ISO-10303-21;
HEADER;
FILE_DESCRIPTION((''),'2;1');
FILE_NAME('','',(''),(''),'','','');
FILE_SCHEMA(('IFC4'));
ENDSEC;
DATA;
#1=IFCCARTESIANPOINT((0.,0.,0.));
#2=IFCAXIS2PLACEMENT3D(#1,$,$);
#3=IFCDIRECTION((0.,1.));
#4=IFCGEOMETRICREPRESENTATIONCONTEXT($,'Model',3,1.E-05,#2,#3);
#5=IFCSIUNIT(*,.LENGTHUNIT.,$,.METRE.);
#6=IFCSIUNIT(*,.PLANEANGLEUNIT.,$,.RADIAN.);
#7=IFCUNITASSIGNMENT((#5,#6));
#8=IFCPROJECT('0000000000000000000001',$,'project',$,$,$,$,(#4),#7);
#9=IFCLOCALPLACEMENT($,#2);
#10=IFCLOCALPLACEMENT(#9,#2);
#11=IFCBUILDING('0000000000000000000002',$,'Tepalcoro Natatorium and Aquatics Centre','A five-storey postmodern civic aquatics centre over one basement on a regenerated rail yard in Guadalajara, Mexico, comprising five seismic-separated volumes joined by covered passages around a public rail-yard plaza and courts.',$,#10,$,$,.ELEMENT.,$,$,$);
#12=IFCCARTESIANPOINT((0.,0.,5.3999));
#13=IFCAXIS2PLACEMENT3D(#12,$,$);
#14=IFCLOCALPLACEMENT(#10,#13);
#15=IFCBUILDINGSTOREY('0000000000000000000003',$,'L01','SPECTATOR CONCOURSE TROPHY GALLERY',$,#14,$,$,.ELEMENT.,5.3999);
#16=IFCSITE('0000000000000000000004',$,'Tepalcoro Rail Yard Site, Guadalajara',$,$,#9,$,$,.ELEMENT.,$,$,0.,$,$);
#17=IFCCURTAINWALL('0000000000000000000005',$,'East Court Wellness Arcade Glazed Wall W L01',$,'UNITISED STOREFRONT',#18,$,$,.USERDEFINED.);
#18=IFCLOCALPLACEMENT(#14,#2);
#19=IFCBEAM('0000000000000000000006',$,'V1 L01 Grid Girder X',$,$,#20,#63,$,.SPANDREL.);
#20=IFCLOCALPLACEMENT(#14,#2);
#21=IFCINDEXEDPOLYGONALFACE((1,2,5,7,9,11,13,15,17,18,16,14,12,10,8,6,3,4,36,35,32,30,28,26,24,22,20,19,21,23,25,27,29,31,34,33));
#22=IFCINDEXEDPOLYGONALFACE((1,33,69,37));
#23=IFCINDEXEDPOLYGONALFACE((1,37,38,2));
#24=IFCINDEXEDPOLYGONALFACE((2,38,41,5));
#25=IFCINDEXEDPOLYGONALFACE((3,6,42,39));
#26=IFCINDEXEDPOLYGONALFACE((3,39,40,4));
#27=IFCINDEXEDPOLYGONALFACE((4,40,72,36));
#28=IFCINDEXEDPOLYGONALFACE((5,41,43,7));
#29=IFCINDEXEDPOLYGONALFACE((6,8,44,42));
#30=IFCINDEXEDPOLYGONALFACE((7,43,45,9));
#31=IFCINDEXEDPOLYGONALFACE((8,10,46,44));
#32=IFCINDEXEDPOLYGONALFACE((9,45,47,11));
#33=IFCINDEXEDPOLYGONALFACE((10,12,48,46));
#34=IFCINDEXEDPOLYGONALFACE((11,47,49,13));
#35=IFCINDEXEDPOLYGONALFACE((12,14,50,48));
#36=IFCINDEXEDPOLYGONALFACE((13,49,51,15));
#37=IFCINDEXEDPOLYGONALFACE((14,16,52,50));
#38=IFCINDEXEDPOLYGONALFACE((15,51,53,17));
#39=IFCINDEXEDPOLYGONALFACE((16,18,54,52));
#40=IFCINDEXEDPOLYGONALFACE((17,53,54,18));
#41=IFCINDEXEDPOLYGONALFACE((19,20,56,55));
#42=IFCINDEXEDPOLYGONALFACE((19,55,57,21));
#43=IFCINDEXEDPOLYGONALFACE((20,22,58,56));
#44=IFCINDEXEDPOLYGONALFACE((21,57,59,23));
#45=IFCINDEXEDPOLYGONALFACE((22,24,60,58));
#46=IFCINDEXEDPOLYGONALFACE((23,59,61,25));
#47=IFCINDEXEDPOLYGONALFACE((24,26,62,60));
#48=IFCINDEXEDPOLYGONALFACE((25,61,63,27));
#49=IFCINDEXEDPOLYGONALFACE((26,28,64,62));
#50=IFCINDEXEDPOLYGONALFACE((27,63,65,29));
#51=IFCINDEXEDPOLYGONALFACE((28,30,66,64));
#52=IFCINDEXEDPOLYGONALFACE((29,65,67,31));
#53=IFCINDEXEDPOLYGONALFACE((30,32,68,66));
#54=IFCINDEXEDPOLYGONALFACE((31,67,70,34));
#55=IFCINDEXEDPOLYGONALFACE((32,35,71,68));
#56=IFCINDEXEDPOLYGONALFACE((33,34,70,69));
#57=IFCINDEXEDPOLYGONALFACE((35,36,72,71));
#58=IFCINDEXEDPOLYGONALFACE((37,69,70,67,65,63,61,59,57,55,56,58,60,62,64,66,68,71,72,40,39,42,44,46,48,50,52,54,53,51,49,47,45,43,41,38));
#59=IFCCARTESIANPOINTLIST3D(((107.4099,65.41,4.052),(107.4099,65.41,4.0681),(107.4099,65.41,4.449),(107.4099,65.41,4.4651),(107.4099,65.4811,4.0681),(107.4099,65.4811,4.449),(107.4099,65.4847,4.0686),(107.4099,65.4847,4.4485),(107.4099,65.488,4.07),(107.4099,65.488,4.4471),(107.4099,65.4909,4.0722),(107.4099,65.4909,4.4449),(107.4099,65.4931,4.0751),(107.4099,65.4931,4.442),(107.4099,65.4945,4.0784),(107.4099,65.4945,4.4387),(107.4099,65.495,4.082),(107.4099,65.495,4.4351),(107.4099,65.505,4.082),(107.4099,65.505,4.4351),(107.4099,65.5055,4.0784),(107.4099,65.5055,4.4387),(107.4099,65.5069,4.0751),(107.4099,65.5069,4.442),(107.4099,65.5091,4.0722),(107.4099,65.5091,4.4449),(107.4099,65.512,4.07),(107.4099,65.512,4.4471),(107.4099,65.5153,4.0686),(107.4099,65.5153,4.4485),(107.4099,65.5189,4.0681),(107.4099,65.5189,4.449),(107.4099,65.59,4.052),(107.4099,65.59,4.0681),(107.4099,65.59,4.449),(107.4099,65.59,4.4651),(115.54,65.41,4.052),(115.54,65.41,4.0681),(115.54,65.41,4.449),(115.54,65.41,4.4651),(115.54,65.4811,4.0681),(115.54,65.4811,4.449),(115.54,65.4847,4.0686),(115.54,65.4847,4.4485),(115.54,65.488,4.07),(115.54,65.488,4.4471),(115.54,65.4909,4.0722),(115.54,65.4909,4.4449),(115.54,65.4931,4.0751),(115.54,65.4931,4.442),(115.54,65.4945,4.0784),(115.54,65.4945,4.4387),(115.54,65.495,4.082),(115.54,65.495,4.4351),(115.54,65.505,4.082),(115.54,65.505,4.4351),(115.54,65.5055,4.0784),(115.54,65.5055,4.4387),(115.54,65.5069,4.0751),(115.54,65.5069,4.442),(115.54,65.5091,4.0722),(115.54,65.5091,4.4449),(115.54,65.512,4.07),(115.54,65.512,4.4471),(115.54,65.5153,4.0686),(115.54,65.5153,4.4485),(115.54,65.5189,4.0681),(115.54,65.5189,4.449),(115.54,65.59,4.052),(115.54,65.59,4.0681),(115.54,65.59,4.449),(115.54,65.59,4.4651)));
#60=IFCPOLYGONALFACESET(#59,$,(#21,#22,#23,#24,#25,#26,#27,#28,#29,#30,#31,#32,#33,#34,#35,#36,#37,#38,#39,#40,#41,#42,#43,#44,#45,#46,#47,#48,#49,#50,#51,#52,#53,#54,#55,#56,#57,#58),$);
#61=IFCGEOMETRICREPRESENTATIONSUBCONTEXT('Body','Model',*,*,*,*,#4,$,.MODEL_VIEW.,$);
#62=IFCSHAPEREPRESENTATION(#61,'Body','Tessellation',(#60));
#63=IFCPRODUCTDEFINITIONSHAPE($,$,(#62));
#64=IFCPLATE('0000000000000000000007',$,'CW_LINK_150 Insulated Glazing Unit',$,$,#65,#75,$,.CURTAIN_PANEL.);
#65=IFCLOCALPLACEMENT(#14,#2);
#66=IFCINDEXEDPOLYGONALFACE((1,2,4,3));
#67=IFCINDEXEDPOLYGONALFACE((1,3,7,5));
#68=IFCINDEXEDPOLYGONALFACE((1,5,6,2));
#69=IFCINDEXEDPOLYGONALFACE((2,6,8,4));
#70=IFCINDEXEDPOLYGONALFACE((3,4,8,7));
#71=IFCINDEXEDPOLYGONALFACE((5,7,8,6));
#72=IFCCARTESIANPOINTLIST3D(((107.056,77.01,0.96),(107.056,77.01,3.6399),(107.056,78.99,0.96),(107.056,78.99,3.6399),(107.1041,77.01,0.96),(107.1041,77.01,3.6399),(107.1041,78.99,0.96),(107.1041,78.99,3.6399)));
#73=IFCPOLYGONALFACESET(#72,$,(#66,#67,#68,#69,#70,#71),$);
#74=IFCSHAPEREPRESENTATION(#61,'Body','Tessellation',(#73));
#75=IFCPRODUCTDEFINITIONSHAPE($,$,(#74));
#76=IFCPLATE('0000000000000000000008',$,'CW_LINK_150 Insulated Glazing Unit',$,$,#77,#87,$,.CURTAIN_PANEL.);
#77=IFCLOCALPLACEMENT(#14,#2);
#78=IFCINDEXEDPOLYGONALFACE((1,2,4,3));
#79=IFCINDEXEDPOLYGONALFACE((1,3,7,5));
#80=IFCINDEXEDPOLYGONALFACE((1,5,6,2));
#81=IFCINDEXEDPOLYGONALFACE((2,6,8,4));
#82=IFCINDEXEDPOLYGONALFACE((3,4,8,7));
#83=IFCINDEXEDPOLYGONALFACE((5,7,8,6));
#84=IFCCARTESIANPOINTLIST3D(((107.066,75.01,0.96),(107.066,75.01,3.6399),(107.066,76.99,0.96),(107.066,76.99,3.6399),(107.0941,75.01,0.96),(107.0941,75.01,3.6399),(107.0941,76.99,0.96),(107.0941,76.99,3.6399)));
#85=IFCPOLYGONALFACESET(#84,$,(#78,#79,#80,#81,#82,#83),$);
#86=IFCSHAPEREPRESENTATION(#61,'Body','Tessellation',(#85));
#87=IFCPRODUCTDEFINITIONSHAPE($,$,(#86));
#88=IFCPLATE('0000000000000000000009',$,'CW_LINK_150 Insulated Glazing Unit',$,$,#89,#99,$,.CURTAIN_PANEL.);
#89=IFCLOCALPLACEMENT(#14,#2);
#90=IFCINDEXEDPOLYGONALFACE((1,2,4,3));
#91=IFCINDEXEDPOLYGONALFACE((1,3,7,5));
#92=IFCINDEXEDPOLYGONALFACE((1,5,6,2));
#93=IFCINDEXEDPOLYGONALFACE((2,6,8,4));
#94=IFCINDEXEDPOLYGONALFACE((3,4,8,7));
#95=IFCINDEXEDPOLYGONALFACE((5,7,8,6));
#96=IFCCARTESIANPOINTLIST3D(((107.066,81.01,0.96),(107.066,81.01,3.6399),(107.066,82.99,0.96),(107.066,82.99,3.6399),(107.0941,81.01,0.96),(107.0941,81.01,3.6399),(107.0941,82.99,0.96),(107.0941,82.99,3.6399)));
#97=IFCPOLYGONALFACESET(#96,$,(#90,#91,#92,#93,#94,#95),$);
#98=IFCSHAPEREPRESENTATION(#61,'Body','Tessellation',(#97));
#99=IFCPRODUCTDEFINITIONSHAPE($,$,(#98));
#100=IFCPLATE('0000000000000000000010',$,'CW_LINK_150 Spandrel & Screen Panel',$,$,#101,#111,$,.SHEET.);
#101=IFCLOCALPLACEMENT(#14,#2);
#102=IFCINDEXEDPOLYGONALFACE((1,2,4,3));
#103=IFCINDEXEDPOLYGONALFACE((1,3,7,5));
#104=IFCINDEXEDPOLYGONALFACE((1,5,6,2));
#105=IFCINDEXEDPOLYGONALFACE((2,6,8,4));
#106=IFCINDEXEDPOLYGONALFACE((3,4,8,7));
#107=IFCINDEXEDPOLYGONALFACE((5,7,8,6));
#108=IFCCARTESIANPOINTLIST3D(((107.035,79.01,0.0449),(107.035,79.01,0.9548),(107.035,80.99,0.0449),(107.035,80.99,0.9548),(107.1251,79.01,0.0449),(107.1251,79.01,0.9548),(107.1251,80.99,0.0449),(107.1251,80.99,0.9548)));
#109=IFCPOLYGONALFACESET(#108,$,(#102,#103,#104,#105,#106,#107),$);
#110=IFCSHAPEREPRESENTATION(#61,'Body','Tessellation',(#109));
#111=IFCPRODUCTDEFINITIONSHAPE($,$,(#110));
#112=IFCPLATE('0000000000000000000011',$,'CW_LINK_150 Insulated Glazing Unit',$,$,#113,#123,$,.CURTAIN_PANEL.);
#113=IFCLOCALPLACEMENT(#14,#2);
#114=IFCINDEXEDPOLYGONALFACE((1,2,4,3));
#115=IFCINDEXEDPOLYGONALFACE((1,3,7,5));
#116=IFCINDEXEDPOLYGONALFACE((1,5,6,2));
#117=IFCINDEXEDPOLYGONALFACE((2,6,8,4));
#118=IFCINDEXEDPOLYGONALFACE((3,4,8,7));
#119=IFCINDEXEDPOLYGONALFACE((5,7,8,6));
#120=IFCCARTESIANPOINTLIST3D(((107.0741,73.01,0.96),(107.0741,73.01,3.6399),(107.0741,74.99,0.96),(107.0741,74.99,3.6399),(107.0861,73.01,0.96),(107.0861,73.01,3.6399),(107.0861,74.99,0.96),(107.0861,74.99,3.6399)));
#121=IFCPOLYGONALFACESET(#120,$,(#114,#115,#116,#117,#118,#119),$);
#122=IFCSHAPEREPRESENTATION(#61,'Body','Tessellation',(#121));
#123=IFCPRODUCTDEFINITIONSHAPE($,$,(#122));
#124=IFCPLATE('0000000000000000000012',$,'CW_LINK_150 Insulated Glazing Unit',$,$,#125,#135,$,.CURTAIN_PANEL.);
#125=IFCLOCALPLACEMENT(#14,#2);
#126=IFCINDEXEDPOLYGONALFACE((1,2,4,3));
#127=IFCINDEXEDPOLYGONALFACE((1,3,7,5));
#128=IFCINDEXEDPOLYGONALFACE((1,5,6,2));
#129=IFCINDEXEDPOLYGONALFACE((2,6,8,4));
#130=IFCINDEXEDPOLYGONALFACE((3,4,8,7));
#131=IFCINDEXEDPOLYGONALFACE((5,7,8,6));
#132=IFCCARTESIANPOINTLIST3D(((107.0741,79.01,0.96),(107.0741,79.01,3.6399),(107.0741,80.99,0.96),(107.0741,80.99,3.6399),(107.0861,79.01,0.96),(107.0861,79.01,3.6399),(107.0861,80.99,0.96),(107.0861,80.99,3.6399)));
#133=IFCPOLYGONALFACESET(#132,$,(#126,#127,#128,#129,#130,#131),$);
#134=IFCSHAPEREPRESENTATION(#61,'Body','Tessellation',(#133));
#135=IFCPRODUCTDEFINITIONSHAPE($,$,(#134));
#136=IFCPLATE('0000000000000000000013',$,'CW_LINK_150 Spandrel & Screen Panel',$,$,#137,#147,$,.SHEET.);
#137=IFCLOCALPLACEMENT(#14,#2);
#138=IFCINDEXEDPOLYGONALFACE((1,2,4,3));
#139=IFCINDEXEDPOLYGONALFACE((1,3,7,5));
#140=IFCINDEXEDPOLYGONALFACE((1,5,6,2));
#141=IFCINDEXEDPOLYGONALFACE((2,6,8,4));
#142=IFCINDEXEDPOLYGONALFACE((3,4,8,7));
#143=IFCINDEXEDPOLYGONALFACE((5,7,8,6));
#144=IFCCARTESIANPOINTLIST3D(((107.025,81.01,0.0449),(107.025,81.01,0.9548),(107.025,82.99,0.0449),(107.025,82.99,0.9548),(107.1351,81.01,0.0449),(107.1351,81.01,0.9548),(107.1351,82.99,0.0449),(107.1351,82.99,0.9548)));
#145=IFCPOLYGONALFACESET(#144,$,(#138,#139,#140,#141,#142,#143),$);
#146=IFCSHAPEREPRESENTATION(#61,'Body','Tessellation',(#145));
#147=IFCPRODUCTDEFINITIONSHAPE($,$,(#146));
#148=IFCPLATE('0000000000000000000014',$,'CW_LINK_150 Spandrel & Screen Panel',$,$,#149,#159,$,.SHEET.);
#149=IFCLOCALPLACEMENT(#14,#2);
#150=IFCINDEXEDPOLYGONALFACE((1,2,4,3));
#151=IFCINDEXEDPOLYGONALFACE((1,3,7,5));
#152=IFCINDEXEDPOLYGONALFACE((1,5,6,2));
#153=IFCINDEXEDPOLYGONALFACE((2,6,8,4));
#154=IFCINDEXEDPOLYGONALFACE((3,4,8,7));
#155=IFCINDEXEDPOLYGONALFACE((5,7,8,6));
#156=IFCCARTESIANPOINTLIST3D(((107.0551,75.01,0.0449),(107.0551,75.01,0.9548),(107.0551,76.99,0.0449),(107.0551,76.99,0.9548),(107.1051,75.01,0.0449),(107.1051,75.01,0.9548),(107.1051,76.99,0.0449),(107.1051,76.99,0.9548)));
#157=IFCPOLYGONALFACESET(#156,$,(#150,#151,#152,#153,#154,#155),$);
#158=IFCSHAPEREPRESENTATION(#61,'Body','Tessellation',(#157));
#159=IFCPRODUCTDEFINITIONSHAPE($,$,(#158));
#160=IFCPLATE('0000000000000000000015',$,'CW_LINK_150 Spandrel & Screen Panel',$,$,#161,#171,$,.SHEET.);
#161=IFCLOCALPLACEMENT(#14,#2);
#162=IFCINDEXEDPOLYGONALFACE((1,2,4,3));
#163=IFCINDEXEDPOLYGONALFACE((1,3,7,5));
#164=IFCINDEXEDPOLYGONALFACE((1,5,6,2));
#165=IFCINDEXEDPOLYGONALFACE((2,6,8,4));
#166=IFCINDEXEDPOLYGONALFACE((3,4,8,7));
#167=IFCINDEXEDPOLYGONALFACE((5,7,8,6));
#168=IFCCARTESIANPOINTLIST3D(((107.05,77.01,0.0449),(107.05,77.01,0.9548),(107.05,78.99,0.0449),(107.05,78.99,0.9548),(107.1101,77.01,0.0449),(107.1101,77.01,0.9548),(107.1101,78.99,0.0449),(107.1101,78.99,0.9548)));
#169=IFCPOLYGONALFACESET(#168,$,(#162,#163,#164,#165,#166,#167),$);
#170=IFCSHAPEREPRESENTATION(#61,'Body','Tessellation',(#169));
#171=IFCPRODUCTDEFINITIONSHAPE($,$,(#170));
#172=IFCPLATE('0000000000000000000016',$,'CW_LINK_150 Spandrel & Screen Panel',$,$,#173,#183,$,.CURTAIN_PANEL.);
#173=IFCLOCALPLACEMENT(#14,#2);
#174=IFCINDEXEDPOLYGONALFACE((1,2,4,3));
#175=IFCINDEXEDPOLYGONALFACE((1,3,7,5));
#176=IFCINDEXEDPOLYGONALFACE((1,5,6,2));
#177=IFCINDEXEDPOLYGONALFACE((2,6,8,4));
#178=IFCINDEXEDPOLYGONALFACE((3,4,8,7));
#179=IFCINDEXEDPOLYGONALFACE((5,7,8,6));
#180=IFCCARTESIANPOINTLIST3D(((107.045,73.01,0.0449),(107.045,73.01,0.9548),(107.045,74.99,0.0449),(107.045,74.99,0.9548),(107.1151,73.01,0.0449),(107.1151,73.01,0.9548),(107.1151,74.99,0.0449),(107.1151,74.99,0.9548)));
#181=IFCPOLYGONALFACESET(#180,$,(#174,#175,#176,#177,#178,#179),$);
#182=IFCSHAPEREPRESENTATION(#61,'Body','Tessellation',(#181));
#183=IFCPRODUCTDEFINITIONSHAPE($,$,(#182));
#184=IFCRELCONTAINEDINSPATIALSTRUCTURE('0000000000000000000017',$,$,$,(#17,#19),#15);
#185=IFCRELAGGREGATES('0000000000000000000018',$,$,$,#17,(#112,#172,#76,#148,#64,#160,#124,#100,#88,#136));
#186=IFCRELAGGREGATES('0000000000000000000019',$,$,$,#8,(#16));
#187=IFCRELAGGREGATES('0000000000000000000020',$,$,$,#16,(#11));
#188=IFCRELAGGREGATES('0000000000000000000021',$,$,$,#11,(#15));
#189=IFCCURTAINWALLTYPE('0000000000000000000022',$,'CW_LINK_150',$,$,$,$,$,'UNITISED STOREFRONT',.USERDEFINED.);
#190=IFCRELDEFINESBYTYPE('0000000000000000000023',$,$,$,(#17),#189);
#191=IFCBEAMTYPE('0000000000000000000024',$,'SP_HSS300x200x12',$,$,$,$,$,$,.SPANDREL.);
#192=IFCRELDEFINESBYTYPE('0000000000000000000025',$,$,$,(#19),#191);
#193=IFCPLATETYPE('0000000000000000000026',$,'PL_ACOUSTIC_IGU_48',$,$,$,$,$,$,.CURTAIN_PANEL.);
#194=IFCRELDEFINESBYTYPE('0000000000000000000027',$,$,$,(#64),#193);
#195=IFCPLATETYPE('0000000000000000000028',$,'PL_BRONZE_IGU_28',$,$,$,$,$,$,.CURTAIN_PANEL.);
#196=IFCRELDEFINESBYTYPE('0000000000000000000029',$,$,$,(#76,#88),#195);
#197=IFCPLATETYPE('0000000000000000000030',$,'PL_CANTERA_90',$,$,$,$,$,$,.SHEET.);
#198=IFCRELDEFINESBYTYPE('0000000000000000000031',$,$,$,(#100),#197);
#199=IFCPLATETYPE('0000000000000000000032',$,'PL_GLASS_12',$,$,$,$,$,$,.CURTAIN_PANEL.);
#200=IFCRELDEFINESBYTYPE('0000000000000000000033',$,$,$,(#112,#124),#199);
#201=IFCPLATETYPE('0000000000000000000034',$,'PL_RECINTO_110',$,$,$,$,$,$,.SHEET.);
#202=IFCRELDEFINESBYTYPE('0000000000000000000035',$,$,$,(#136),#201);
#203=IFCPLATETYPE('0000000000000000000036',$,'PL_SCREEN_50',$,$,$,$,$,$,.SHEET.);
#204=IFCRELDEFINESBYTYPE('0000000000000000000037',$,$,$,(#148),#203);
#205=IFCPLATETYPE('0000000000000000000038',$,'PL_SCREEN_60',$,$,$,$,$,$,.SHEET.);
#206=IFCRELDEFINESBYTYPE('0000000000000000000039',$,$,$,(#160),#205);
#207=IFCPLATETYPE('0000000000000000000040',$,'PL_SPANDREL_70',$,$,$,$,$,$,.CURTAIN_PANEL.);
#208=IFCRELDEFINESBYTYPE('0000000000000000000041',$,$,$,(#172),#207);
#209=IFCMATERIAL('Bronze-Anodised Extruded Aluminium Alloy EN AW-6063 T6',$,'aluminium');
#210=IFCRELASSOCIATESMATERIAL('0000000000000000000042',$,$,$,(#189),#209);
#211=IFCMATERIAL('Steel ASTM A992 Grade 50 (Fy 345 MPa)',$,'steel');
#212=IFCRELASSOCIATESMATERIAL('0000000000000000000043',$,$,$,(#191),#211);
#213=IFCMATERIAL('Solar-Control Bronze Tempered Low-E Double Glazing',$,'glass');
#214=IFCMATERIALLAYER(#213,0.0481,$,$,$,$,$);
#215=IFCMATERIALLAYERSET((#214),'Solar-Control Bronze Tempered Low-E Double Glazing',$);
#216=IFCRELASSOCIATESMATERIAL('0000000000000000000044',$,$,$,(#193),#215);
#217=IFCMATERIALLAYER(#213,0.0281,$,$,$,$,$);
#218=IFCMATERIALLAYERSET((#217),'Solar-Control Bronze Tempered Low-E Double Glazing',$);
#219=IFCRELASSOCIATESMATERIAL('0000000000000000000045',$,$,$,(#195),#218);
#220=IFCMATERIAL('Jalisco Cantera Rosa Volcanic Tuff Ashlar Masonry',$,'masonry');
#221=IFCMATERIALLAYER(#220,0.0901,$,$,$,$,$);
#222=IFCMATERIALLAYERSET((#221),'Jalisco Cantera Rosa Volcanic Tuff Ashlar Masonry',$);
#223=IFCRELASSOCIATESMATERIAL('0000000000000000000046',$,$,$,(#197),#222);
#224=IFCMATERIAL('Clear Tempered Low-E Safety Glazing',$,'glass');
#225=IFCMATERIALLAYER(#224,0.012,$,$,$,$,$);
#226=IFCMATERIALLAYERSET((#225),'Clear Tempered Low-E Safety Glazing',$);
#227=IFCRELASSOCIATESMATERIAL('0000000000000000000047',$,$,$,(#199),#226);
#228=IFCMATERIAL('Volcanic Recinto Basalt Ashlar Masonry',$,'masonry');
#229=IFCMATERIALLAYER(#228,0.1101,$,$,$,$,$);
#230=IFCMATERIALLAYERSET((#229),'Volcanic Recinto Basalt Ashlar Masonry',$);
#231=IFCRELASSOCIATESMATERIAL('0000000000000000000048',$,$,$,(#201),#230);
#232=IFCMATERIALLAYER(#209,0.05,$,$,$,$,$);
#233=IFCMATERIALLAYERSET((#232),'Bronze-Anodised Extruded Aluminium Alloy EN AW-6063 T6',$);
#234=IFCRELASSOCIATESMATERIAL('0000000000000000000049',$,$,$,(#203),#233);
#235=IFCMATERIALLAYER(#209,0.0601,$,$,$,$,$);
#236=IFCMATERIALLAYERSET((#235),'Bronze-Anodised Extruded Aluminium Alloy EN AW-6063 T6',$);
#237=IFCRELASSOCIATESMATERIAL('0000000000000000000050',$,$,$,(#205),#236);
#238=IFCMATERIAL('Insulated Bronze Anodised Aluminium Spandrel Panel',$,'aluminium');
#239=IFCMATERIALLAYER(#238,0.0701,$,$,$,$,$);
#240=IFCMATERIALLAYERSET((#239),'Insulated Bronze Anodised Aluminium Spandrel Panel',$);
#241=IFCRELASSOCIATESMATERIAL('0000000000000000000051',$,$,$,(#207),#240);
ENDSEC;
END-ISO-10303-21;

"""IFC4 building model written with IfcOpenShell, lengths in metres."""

from ifc_helpers import new_model, si_unit, direction, frame, origin, origin_2d, place, context, subcontext, project, spatial, rectangle, i_section, extrude, material, layer, layer_set, material_profile, profile_set, type_object, element, aggregate, save


model = new_model("IFC4")

# Units and contexts
model_context = context("Model", 3, precision=1e-05, world=origin(), true_north=direction((0.0, 1.0)))
body_context = subcontext(model_context, "Body", "Model", "MODEL_VIEW")
ifc_project = project(units=[si_unit("LENGTHUNIT", "METRE"), si_unit("PLANEANGLEUNIT", "RADIAN")], contexts=[model_context])

# Site, building, storey
site_placement = place(None, origin())
site = spatial("IfcSite", under=ifc_project, at=site_placement, Name="Tepalcoro Rail Yard Site, Guadalajara", CompositionType="ELEMENT", RefElevation=0.0)
building_placement = place(site_placement, origin())
building = spatial("IfcBuilding", under=site, at=building_placement, Name="Tepalcoro Natatorium and Aquatics Centre", Description="A five-storey postmodern civic aquatics centre over one basement on a regenerated rail yard in Guadalajara, Mexico, comprising five seismic-separated volumes joined by covered passages around a public rail-yard plaza and courts.", CompositionType="ELEMENT")
storey_placement = place(building_placement, frame((0.0, 0.0, 5.3999)))
storey = spatial("IfcBuildingStorey", under=building, at=storey_placement, Name="L01", Description="SPECTATOR CONCOURSE TROPHY GALLERY", CompositionType="ELEMENT", Elevation=5.3999)

# Curtain wall
ifc_material_1 = material(Name="Bronze-Anodised Extruded Aluminium Alloy EN AW-6063 T6", Category="aluminium")
curtain_wall_type = type_object("IfcCurtainWallType", Name="CW_LINK_150", ElementType="UNITISED STOREFRONT", PredefinedType="USERDEFINED", material=ifc_material_1)
curtain_wall_placement = place(storey_placement, origin())
curtain_wall = element("IfcCurtainWall", 1, at=curtain_wall_placement, inside=storey, type_object=curtain_wall_type, Name="East Court Wellness Arcade Glazed Wall W L01", ObjectType="UNITISED STOREFRONT", PredefinedType="USERDEFINED")

# Beam
ifc_material_2 = material(Name="Steel ASTM A992 Grade 50 (Fy 345 MPa)", Category="steel")
ifc_material_profile_1 = material_profile(ifc_material_2, i_section(OverallWidth=0.1799, OverallDepth=0.4131, WebThickness=0.01, FlangeThickness=0.0161, FilletRadius=0.0139, at=origin_2d()), Name="W16X50")
ifc_profile_set_1 = profile_set([ifc_material_profile_1], Name="Steel ASTM A992 Grade 50 (Fy 345 MPa)")
beam_type = type_object("IfcBeamType", Name="SP_HSS300x200x12", PredefinedType="SPANDREL", material=ifc_profile_set_1)
beam_placement = place(storey_placement, frame((107.4099, 65.5, 4.2585), z_axis=(1.0, 0.0, 0.0), x_axis=(0.0, 1.0, 0.0)))
element("IfcBeam", 2, at=beam_placement, inside=storey, type_object=beam_type, Name="V1 L01 Grid Girder X", PredefinedType="SPANDREL", context=body_context, shape_type="SweptSolid", body=[
    extrude(i_section(OverallWidth=0.1799, OverallDepth=0.4131, WebThickness=0.01, FlangeThickness=0.0161, FilletRadius=0.0139, at=origin_2d()), origin(), (0.0, 0.0, 1.0), 8.1301),
])

# Plates
ifc_material_3 = material(Name="Solar-Control Bronze Tempered Low-E Double Glazing", Category="glass")
ifc_layer_1 = layer(ifc_material_3, 0.0481)
ifc_layer_set_1 = layer_set([ifc_layer_1], Name="Solar-Control Bronze Tempered Low-E Double Glazing")
plate_type_1 = type_object("IfcPlateType", Name="PL_ACOUSTIC_IGU_48", PredefinedType="CURTAIN_PANEL", material=ifc_layer_set_1)
plate_1_placement = place(storey_placement, frame((107.0801, 78.0, 0.96), z_axis=(0.0, 0.0, 1.0), x_axis=(1.0, 0.0, 0.0)))
plate_1 = element("IfcPlate", 3, at=plate_1_placement, type_object=plate_type_1, Name="CW_LINK_150 Insulated Glazing Unit", PredefinedType="CURTAIN_PANEL", context=body_context, shape_type="SweptSolid", body=[
    extrude(rectangle(XDim=0.0481, YDim=1.98, at=origin_2d()), origin(), (0.0, 0.0, 1.0), 2.6799),
])
ifc_layer_2 = layer(ifc_material_3, 0.0281)
ifc_layer_set_2 = layer_set([ifc_layer_2], Name="Solar-Control Bronze Tempered Low-E Double Glazing")
plate_type_2 = type_object("IfcPlateType", Name="PL_BRONZE_IGU_28", PredefinedType="CURTAIN_PANEL", material=ifc_layer_set_2)
plate_2_placement = place(storey_placement, frame((107.0801, 76.0, 0.96), z_axis=(0.0, 0.0, 1.0), x_axis=(1.0, 0.0, 0.0)))
plate_2 = element("IfcPlate", 4, at=plate_2_placement, type_object=plate_type_2, Name="CW_LINK_150 Insulated Glazing Unit", PredefinedType="CURTAIN_PANEL", context=body_context, shape_type="SweptSolid", body=[
    extrude(rectangle(XDim=0.0281, YDim=1.98, at=origin_2d()), origin(), (0.0, 0.0, 1.0), 2.6799),
])
plate_3_placement = place(storey_placement, frame((107.0801, 82.0, 0.96), z_axis=(0.0, 0.0, 1.0), x_axis=(1.0, 0.0, 0.0)))
plate_3 = element("IfcPlate", 5, at=plate_3_placement, type_object=plate_type_2, Name="CW_LINK_150 Insulated Glazing Unit", PredefinedType="CURTAIN_PANEL", context=body_context, shape_type="SweptSolid", body=[
    extrude(rectangle(XDim=0.0281, YDim=1.98, at=origin_2d()), origin(), (0.0, 0.0, 1.0), 2.6799),
])
ifc_material_4 = material(Name="Jalisco Cantera Rosa Volcanic Tuff Ashlar Masonry", Category="masonry")
ifc_layer_3 = layer(ifc_material_4, 0.0901)
ifc_layer_set_3 = layer_set([ifc_layer_3], Name="Jalisco Cantera Rosa Volcanic Tuff Ashlar Masonry")
plate_type_3 = type_object("IfcPlateType", Name="PL_CANTERA_90", PredefinedType="SHEET", material=ifc_layer_set_3)
plate_4_placement = place(storey_placement, frame((107.0801, 80.0, 0.0449), z_axis=(0.0, 0.0, 1.0), x_axis=(1.0, 0.0, 0.0)))
plate_4 = element("IfcPlate", 6, at=plate_4_placement, type_object=plate_type_3, Name="CW_LINK_150 Spandrel & Screen Panel", PredefinedType="SHEET", context=body_context, shape_type="SweptSolid", body=[
    extrude(rectangle(XDim=0.0901, YDim=1.98, at=origin_2d()), origin(), (0.0, 0.0, 1.0), 0.9099),
])
ifc_material_5 = material(Name="Clear Tempered Low-E Safety Glazing", Category="glass")
ifc_layer_4 = layer(ifc_material_5, 0.012)
ifc_layer_set_4 = layer_set([ifc_layer_4], Name="Clear Tempered Low-E Safety Glazing")
plate_type_4 = type_object("IfcPlateType", Name="PL_GLASS_12", PredefinedType="CURTAIN_PANEL", material=ifc_layer_set_4)
plate_5_placement = place(storey_placement, frame((107.0801, 74.0, 0.96), z_axis=(0.0, 0.0, 1.0), x_axis=(1.0, 0.0, 0.0)))
plate_5 = element("IfcPlate", 7, at=plate_5_placement, type_object=plate_type_4, Name="CW_LINK_150 Insulated Glazing Unit", PredefinedType="CURTAIN_PANEL", context=body_context, shape_type="SweptSolid", body=[
    extrude(rectangle(XDim=0.012, YDim=1.98, at=origin_2d()), origin(), (0.0, 0.0, 1.0), 2.6799),
])
plate_6_placement = place(storey_placement, frame((107.0801, 80.0, 0.96), z_axis=(0.0, 0.0, 1.0), x_axis=(1.0, 0.0, 0.0)))
plate_6 = element("IfcPlate", 8, at=plate_6_placement, type_object=plate_type_4, Name="CW_LINK_150 Insulated Glazing Unit", PredefinedType="CURTAIN_PANEL", context=body_context, shape_type="SweptSolid", body=[
    extrude(rectangle(XDim=0.012, YDim=1.98, at=origin_2d()), origin(), (0.0, 0.0, 1.0), 2.6799),
])
ifc_material_6 = material(Name="Volcanic Recinto Basalt Ashlar Masonry", Category="masonry")
ifc_layer_5 = layer(ifc_material_6, 0.1101)
ifc_layer_set_5 = layer_set([ifc_layer_5], Name="Volcanic Recinto Basalt Ashlar Masonry")
plate_type_5 = type_object("IfcPlateType", Name="PL_RECINTO_110", PredefinedType="SHEET", material=ifc_layer_set_5)
plate_7_placement = place(storey_placement, frame((107.0801, 82.0, 0.0449), z_axis=(0.0, 0.0, 1.0), x_axis=(1.0, 0.0, 0.0)))
plate_7 = element("IfcPlate", 9, at=plate_7_placement, type_object=plate_type_5, Name="CW_LINK_150 Spandrel & Screen Panel", PredefinedType="SHEET", context=body_context, shape_type="SweptSolid", body=[
    extrude(rectangle(XDim=0.1101, YDim=1.98, at=origin_2d()), origin(), (0.0, 0.0, 1.0), 0.9099),
])
ifc_layer_6 = layer(ifc_material_1, 0.05)
ifc_layer_set_6 = layer_set([ifc_layer_6], Name="Bronze-Anodised Extruded Aluminium Alloy EN AW-6063 T6")
plate_type_6 = type_object("IfcPlateType", Name="PL_SCREEN_50", PredefinedType="SHEET", material=ifc_layer_set_6)
plate_8_placement = place(storey_placement, frame((107.0801, 76.0, 0.0449), z_axis=(0.0, 0.0, 1.0), x_axis=(1.0, 0.0, 0.0)))
plate_8 = element("IfcPlate", 10, at=plate_8_placement, type_object=plate_type_6, Name="CW_LINK_150 Spandrel & Screen Panel", PredefinedType="SHEET", context=body_context, shape_type="SweptSolid", body=[
    extrude(rectangle(XDim=0.05, YDim=1.98, at=origin_2d()), origin(), (0.0, 0.0, 1.0), 0.9099),
])
ifc_layer_7 = layer(ifc_material_1, 0.0601)
ifc_layer_set_7 = layer_set([ifc_layer_7], Name="Bronze-Anodised Extruded Aluminium Alloy EN AW-6063 T6")
plate_type_7 = type_object("IfcPlateType", Name="PL_SCREEN_60", PredefinedType="SHEET", material=ifc_layer_set_7)
plate_9_placement = place(storey_placement, frame((107.0801, 78.0, 0.0449), z_axis=(0.0, 0.0, 1.0), x_axis=(1.0, 0.0, 0.0)))
plate_9 = element("IfcPlate", 11, at=plate_9_placement, type_object=plate_type_7, Name="CW_LINK_150 Spandrel & Screen Panel", PredefinedType="SHEET", context=body_context, shape_type="SweptSolid", body=[
    extrude(rectangle(XDim=0.0601, YDim=1.98, at=origin_2d()), origin(), (0.0, 0.0, 1.0), 0.9099),
])
ifc_material_7 = material(Name="Insulated Bronze Anodised Aluminium Spandrel Panel", Category="aluminium")
ifc_layer_8 = layer(ifc_material_7, 0.0701)
ifc_layer_set_8 = layer_set([ifc_layer_8], Name="Insulated Bronze Anodised Aluminium Spandrel Panel")
plate_type_8 = type_object("IfcPlateType", Name="PL_SPANDREL_70", PredefinedType="CURTAIN_PANEL", material=ifc_layer_set_8)
plate_10_placement = place(storey_placement, frame((107.0801, 74.0, 0.0449), z_axis=(0.0, 0.0, 1.0), x_axis=(1.0, 0.0, 0.0)))
plate_10 = element("IfcPlate", 12, at=plate_10_placement, type_object=plate_type_8, Name="CW_LINK_150 Spandrel & Screen Panel", PredefinedType="CURTAIN_PANEL", context=body_context, shape_type="SweptSolid", body=[
    extrude(rectangle(XDim=0.0701, YDim=1.98, at=origin_2d()), origin(), (0.0, 0.0, 1.0), 0.9099),
])
aggregate(curtain_wall, [plate_5, plate_10, plate_2, plate_8, plate_1, plate_9, plate_6, plate_4, plate_3, plate_7])

save(model, "model.ifc")
